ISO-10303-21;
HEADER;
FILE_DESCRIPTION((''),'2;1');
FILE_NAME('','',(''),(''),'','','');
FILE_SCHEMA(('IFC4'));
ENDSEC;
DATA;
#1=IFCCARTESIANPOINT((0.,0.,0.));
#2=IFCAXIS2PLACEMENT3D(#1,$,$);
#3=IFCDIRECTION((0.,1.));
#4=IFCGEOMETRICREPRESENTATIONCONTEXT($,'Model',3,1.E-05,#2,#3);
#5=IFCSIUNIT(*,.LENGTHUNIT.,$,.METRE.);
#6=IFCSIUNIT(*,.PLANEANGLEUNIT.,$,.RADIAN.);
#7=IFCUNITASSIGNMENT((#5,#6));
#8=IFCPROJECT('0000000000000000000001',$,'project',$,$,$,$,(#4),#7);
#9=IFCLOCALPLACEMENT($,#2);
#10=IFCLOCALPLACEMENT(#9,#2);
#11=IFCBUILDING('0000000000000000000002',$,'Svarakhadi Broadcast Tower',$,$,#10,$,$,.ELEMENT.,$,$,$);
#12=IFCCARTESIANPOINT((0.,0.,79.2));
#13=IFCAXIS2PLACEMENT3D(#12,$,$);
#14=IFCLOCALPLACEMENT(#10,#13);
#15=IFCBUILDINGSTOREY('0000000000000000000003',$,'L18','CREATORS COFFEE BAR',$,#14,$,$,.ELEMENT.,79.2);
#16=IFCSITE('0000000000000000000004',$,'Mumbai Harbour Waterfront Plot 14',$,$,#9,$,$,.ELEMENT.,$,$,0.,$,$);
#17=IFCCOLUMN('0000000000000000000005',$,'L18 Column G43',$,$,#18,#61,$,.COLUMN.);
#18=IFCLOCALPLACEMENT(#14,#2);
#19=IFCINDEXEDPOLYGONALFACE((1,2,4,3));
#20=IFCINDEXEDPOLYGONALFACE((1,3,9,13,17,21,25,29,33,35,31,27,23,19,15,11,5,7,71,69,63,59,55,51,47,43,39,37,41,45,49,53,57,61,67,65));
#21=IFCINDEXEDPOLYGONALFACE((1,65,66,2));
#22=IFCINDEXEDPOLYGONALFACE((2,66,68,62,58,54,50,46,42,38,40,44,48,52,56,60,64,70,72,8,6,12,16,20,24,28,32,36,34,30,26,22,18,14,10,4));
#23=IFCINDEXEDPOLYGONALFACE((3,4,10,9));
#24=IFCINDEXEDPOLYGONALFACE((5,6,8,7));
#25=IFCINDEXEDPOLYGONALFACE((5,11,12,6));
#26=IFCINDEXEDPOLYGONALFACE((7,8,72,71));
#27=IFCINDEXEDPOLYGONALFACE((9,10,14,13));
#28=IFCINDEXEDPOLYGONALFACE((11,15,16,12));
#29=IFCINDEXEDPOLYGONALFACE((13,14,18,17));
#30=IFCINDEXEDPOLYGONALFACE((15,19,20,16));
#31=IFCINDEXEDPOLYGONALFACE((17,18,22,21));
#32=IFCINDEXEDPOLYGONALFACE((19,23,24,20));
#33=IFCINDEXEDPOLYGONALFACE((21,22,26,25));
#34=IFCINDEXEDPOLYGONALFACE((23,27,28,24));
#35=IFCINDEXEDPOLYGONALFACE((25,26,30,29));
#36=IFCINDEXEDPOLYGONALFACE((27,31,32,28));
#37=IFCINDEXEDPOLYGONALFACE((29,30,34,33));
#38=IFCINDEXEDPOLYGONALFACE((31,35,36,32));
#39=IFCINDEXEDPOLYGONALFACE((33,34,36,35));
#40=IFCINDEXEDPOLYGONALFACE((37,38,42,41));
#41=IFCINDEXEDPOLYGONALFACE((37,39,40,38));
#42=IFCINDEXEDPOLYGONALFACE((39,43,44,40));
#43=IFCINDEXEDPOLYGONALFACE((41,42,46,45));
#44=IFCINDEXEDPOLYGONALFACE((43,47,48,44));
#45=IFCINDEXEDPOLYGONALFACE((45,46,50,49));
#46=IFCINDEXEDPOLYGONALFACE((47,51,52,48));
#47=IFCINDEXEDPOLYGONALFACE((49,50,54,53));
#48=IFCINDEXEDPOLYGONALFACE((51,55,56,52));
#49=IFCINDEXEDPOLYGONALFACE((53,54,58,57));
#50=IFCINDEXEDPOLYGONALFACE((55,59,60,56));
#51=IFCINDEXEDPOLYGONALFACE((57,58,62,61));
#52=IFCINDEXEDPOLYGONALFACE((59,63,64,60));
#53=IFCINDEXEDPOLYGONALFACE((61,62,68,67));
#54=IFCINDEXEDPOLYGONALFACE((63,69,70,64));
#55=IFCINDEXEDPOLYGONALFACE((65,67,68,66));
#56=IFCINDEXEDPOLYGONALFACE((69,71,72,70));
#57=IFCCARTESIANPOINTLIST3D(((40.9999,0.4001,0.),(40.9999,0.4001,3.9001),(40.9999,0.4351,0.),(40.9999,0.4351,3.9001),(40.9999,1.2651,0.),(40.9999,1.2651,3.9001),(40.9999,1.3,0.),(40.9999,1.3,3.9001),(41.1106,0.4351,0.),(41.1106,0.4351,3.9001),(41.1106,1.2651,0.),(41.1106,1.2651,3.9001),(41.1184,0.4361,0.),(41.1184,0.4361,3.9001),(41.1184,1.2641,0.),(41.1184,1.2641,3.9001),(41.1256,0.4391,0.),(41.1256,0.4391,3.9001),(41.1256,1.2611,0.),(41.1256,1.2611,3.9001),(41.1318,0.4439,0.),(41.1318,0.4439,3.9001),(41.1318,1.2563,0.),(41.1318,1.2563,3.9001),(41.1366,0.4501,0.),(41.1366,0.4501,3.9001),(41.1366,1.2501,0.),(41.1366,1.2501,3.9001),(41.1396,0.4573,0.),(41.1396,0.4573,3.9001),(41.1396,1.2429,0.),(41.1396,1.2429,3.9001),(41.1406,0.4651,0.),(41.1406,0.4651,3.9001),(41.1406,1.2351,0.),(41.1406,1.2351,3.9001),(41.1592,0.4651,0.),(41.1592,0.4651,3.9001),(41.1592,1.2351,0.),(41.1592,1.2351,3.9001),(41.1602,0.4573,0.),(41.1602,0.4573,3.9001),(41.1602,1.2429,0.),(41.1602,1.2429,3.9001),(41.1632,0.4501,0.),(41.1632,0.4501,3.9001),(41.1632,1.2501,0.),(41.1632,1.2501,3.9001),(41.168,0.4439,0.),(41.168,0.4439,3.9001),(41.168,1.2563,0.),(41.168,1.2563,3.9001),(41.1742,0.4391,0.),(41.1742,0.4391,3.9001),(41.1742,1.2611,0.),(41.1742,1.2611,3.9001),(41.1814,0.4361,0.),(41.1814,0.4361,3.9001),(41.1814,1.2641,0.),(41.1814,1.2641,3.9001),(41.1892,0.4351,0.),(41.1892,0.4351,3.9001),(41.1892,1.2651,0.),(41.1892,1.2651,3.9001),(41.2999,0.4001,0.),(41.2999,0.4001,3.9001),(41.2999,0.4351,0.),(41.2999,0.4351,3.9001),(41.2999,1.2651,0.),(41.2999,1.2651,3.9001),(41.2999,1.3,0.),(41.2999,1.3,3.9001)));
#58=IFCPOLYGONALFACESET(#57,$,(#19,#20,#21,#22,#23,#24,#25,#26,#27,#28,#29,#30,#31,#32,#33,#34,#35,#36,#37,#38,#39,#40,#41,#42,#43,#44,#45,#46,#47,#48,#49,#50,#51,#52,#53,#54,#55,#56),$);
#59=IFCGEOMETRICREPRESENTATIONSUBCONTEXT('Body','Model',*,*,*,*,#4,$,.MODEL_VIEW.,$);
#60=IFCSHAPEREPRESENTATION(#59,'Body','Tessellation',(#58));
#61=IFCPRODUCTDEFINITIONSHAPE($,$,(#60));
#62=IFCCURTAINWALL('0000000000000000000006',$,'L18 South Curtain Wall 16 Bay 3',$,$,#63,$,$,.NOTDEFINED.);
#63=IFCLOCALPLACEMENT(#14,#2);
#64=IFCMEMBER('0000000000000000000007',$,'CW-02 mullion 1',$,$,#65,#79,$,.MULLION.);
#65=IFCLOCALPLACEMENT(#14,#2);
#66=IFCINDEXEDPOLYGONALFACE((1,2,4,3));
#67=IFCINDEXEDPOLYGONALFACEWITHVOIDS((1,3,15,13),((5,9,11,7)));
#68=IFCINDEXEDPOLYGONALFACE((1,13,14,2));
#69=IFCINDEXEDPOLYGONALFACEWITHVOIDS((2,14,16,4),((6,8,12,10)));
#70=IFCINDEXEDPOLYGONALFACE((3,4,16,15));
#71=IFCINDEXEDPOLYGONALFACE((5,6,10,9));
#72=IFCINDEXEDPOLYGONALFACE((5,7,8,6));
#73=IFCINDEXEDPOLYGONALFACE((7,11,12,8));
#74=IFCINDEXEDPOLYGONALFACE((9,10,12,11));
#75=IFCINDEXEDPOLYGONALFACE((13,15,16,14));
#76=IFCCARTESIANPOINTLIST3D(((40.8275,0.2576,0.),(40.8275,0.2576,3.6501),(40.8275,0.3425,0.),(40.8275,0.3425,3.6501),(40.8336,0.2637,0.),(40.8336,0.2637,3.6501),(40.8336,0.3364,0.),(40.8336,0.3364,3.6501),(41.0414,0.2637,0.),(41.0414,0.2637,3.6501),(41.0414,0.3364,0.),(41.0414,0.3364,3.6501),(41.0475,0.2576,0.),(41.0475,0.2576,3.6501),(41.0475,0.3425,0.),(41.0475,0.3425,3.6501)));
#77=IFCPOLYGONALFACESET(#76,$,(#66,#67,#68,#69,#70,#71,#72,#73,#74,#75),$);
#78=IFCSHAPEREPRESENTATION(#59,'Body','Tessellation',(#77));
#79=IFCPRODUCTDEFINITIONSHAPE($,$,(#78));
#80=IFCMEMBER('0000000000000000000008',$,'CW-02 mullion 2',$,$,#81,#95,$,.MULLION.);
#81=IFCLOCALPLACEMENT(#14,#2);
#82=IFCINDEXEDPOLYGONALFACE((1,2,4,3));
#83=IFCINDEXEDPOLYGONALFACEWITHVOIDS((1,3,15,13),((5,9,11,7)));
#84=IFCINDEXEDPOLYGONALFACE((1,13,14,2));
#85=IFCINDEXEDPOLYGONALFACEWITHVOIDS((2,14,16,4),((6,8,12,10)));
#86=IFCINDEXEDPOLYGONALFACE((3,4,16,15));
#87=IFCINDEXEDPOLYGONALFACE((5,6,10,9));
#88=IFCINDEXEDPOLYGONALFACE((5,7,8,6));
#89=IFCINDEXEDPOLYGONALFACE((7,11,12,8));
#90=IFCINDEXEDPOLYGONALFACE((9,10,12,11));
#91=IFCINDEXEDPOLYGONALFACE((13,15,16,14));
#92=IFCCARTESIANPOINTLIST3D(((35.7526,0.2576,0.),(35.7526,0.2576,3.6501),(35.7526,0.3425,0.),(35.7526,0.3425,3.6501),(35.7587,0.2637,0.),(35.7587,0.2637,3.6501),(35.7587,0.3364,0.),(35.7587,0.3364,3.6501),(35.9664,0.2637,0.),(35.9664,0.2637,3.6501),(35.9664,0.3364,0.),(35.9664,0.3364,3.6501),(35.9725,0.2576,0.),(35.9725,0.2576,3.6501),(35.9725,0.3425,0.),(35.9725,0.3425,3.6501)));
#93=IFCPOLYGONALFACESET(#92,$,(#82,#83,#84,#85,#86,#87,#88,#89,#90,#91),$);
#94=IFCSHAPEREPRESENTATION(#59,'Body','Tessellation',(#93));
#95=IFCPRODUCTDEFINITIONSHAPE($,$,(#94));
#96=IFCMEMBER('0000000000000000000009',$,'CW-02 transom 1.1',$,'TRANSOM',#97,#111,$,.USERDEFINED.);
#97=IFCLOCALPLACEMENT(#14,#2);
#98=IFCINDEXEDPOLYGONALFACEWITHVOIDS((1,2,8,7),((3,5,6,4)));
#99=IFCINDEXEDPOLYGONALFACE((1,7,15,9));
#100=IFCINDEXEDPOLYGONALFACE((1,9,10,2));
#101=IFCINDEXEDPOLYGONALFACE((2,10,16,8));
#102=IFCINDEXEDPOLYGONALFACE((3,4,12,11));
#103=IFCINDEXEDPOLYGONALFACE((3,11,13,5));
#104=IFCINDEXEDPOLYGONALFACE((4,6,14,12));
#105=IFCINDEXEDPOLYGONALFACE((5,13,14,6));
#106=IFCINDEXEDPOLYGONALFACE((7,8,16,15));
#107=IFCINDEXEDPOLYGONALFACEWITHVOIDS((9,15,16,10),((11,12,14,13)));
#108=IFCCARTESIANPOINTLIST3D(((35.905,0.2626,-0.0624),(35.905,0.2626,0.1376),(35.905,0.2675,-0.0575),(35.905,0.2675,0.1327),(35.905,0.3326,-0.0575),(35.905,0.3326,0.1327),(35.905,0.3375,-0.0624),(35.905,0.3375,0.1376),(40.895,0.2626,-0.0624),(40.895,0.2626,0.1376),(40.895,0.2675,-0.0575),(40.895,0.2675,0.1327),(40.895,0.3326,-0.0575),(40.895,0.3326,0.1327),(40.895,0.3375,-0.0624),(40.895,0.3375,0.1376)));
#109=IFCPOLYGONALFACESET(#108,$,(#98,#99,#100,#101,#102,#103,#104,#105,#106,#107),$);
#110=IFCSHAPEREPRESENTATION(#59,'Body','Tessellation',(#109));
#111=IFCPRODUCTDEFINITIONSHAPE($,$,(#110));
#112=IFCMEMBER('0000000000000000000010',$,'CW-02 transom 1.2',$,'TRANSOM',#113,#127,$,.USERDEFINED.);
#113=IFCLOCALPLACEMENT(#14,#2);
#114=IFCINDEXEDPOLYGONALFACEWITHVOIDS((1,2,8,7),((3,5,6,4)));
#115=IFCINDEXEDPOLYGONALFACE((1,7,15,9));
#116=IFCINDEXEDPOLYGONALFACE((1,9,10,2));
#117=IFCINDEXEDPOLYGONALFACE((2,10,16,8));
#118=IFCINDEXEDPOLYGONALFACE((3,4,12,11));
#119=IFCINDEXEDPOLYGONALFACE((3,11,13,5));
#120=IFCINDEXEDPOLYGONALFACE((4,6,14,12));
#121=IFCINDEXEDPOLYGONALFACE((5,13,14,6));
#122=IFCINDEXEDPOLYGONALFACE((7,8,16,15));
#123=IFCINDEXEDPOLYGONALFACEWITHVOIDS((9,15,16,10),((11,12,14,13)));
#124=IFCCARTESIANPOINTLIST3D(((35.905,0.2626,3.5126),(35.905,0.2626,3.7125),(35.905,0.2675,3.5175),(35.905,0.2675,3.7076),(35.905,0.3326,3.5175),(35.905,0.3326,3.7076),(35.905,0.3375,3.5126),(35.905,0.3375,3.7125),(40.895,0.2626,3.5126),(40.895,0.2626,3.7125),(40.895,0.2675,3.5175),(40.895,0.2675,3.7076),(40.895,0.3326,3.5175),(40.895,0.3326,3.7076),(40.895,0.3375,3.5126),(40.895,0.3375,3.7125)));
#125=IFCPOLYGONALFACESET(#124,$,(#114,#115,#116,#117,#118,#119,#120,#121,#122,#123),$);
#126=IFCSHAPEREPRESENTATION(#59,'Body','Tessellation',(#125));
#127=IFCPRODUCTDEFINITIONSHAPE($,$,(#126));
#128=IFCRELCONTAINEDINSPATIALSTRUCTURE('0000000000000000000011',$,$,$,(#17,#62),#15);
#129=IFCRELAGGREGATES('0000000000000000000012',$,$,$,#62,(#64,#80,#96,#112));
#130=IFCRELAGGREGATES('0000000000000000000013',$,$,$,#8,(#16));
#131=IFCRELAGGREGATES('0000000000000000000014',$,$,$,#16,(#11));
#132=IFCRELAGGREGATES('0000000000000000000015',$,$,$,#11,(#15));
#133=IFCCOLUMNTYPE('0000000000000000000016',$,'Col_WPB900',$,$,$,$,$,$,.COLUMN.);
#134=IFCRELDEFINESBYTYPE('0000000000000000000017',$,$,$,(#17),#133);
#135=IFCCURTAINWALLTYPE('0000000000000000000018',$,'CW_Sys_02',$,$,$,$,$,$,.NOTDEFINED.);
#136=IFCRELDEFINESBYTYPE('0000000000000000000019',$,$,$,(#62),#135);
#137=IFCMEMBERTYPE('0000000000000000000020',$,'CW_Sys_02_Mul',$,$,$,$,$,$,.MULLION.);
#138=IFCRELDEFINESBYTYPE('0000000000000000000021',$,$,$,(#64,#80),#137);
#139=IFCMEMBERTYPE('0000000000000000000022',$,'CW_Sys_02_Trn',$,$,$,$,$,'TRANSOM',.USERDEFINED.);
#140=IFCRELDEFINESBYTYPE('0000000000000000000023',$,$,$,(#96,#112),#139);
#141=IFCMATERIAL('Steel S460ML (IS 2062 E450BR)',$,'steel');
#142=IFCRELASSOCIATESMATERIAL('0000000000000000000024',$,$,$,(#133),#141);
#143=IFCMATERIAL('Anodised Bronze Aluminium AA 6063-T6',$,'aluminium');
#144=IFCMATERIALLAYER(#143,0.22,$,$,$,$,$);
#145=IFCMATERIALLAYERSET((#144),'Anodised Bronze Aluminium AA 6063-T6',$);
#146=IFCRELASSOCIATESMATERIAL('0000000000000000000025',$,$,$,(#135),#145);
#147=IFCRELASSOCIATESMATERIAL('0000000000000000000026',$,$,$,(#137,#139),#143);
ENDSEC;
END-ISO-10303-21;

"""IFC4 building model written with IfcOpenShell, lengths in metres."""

from ifc_helpers import new_model, si_unit, direction, frame, origin, origin_2d, place, context, subcontext, project, spatial, hollow_rectangle, i_section, extrude, material, layer, layer_set, material_profile, profile_set, type_object, element, aggregate, save


model = new_model("IFC4")

# Units and contexts
model_context = context("Model", 3, precision=1e-05, world=origin(), true_north=direction((0.0, 1.0)))
body_context = subcontext(model_context, "Body", "Model", "MODEL_VIEW")
ifc_project = project(units=[si_unit("LENGTHUNIT", "METRE"), si_unit("PLANEANGLEUNIT", "RADIAN")], contexts=[model_context])

# Site, building, storey
site_placement = place(None, origin())
site = spatial("IfcSite", under=ifc_project, at=site_placement, Name="Mumbai Harbour Waterfront Plot 14", CompositionType="ELEMENT", RefElevation=0.0)
building_placement = place(site_placement, origin())
building = spatial("IfcBuilding", under=site, at=building_placement, Name="Svarakhadi Broadcast Tower", CompositionType="ELEMENT")
storey_placement = place(building_placement, frame((0.0, 0.0, 79.2)))
storey = spatial("IfcBuildingStorey", under=building, at=storey_placement, Name="L18", Description="CREATORS COFFEE BAR", CompositionType="ELEMENT", Elevation=79.2)

# Column
ifc_material_1 = material(Name="Steel S460ML (IS 2062 E450BR)", Category="steel")
ifc_material_profile_1 = material_profile(ifc_material_1, i_section(OverallWidth=0.3, OverallDepth=0.8999, WebThickness=0.0186, FlangeThickness=0.0349, FilletRadius=0.03, at=origin_2d()), Name="WPB 900x300x291")
ifc_profile_set_1 = profile_set([ifc_material_profile_1], Name="Steel S460ML (IS 2062 E450BR)")
column_type = type_object("IfcColumnType", Name="Col_WPB900", PredefinedType="COLUMN", material=ifc_profile_set_1)
column_placement = place(storey_placement, frame((41.1499, 0.8501, 0.0), z_axis=(0.0, 0.0, 1.0), x_axis=(1.0, 0.0, 0.0)))
element("IfcColumn", 1, at=column_placement, inside=storey, type_object=column_type, Name="L18 Column G43", PredefinedType="COLUMN", context=body_context, shape_type="SweptSolid", body=[
    extrude(i_section(OverallWidth=0.3, OverallDepth=0.8999, WebThickness=0.0186, FlangeThickness=0.0349, FilletRadius=0.03, at=origin_2d()), origin(), (0.0, 0.0, 1.0), 3.9001),
])

# Curtain wall, members
ifc_material_2 = material(Name="Anodised Bronze Aluminium AA 6063-T6", Category="aluminium")
ifc_layer_1 = layer(ifc_material_2, 0.22)
ifc_layer_set_1 = layer_set([ifc_layer_1], Name="Anodised Bronze Aluminium AA 6063-T6")
curtain_wall_type = type_object("IfcCurtainWallType", Name="CW_Sys_02", PredefinedType="NOTDEFINED", material=ifc_layer_set_1)
curtain_wall_placement = place(storey_placement, origin())
curtain_wall = element("IfcCurtainWall", 2, at=curtain_wall_placement, inside=storey, type_object=curtain_wall_type, Name="L18 South Curtain Wall 16 Bay 3", PredefinedType="NOTDEFINED")
ifc_material_profile_2 = material_profile(ifc_material_2, hollow_rectangle(XDim=0.085, YDim=0.22, WallThickness=0.0061, at=origin_2d()), Name="ALU MULLION 220x85x6")
ifc_profile_set_2 = profile_set([ifc_material_profile_2], Name="Anodised Bronze Aluminium AA 6063-T6")
member_type_1 = type_object("IfcMemberType", Name="CW_Sys_02_Mul", PredefinedType="MULLION", material=ifc_profile_set_2)
member_1_placement = place(storey_placement, frame((40.9375, 0.3, 0.0), z_axis=(0.0, 0.0, 1.0), x_axis=(0.0, -1.0, 0.0)))
member_1 = element("IfcMember", 3, at=member_1_placement, type_object=member_type_1, Name="CW-02 mullion 1", PredefinedType="MULLION", context=body_context, shape_type="SweptSolid", body=[
    extrude(hollow_rectangle(XDim=0.085, YDim=0.22, WallThickness=0.0061, at=origin_2d()), origin(), (0.0, 0.0, 1.0), 3.6501),
])
member_2_placement = place(storey_placement, frame((35.8625, 0.3, 0.0), z_axis=(0.0, 0.0, 1.0), x_axis=(0.0, -1.0, 0.0)))
member_2 = element("IfcMember", 4, at=member_2_placement, type_object=member_type_1, Name="CW-02 mullion 2", PredefinedType="MULLION", context=body_context, shape_type="SweptSolid", body=[
    extrude(hollow_rectangle(XDim=0.085, YDim=0.22, WallThickness=0.0061, at=origin_2d()), origin(), (0.0, 0.0, 1.0), 3.6501),
])
ifc_material_profile_3 = material_profile(ifc_material_2, hollow_rectangle(XDim=0.075, YDim=0.2, WallThickness=0.0049, at=origin_2d()), Name="ALU TRANSOM 200x75x5")
ifc_profile_set_3 = profile_set([ifc_material_profile_3], Name="Anodised Bronze Aluminium AA 6063-T6")
member_type_2 = type_object("IfcMemberType", Name="CW_Sys_02_Trn", ElementType="TRANSOM", PredefinedType="USERDEFINED", material=ifc_profile_set_3)
member_3_placement = place(storey_placement, frame((40.895, 0.3, 0.0376), z_axis=(-1.0, 0.0, 0.0), x_axis=(0.0, -1.0, 0.0)))
member_3 = element("IfcMember", 5, at=member_3_placement, type_object=member_type_2, Name="CW-02 transom 1.1", ObjectType="TRANSOM", PredefinedType="USERDEFINED", context=body_context, shape_type="SweptSolid", body=[
    extrude(hollow_rectangle(XDim=0.075, YDim=0.2, WallThickness=0.0049, at=origin_2d()), origin(), (0.0, 0.0, 1.0), 4.99),
])
member_4_placement = place(storey_placement, frame((40.895, 0.3, 3.6125), z_axis=(-1.0, 0.0, 0.0), x_axis=(0.0, -1.0, 0.0)))
member_4 = element("IfcMember", 6, at=member_4_placement, type_object=member_type_2, Name="CW-02 transom 1.2", ObjectType="TRANSOM", PredefinedType="USERDEFINED", context=body_context, shape_type="SweptSolid", body=[
    extrude(hollow_rectangle(XDim=0.075, YDim=0.2, WallThickness=0.0049, at=origin_2d()), origin(), (0.0, 0.0, 1.0), 4.99),
])

aggregate(curtain_wall, [member_1, member_2, member_3, member_4])

save(model, "model.ifc")
